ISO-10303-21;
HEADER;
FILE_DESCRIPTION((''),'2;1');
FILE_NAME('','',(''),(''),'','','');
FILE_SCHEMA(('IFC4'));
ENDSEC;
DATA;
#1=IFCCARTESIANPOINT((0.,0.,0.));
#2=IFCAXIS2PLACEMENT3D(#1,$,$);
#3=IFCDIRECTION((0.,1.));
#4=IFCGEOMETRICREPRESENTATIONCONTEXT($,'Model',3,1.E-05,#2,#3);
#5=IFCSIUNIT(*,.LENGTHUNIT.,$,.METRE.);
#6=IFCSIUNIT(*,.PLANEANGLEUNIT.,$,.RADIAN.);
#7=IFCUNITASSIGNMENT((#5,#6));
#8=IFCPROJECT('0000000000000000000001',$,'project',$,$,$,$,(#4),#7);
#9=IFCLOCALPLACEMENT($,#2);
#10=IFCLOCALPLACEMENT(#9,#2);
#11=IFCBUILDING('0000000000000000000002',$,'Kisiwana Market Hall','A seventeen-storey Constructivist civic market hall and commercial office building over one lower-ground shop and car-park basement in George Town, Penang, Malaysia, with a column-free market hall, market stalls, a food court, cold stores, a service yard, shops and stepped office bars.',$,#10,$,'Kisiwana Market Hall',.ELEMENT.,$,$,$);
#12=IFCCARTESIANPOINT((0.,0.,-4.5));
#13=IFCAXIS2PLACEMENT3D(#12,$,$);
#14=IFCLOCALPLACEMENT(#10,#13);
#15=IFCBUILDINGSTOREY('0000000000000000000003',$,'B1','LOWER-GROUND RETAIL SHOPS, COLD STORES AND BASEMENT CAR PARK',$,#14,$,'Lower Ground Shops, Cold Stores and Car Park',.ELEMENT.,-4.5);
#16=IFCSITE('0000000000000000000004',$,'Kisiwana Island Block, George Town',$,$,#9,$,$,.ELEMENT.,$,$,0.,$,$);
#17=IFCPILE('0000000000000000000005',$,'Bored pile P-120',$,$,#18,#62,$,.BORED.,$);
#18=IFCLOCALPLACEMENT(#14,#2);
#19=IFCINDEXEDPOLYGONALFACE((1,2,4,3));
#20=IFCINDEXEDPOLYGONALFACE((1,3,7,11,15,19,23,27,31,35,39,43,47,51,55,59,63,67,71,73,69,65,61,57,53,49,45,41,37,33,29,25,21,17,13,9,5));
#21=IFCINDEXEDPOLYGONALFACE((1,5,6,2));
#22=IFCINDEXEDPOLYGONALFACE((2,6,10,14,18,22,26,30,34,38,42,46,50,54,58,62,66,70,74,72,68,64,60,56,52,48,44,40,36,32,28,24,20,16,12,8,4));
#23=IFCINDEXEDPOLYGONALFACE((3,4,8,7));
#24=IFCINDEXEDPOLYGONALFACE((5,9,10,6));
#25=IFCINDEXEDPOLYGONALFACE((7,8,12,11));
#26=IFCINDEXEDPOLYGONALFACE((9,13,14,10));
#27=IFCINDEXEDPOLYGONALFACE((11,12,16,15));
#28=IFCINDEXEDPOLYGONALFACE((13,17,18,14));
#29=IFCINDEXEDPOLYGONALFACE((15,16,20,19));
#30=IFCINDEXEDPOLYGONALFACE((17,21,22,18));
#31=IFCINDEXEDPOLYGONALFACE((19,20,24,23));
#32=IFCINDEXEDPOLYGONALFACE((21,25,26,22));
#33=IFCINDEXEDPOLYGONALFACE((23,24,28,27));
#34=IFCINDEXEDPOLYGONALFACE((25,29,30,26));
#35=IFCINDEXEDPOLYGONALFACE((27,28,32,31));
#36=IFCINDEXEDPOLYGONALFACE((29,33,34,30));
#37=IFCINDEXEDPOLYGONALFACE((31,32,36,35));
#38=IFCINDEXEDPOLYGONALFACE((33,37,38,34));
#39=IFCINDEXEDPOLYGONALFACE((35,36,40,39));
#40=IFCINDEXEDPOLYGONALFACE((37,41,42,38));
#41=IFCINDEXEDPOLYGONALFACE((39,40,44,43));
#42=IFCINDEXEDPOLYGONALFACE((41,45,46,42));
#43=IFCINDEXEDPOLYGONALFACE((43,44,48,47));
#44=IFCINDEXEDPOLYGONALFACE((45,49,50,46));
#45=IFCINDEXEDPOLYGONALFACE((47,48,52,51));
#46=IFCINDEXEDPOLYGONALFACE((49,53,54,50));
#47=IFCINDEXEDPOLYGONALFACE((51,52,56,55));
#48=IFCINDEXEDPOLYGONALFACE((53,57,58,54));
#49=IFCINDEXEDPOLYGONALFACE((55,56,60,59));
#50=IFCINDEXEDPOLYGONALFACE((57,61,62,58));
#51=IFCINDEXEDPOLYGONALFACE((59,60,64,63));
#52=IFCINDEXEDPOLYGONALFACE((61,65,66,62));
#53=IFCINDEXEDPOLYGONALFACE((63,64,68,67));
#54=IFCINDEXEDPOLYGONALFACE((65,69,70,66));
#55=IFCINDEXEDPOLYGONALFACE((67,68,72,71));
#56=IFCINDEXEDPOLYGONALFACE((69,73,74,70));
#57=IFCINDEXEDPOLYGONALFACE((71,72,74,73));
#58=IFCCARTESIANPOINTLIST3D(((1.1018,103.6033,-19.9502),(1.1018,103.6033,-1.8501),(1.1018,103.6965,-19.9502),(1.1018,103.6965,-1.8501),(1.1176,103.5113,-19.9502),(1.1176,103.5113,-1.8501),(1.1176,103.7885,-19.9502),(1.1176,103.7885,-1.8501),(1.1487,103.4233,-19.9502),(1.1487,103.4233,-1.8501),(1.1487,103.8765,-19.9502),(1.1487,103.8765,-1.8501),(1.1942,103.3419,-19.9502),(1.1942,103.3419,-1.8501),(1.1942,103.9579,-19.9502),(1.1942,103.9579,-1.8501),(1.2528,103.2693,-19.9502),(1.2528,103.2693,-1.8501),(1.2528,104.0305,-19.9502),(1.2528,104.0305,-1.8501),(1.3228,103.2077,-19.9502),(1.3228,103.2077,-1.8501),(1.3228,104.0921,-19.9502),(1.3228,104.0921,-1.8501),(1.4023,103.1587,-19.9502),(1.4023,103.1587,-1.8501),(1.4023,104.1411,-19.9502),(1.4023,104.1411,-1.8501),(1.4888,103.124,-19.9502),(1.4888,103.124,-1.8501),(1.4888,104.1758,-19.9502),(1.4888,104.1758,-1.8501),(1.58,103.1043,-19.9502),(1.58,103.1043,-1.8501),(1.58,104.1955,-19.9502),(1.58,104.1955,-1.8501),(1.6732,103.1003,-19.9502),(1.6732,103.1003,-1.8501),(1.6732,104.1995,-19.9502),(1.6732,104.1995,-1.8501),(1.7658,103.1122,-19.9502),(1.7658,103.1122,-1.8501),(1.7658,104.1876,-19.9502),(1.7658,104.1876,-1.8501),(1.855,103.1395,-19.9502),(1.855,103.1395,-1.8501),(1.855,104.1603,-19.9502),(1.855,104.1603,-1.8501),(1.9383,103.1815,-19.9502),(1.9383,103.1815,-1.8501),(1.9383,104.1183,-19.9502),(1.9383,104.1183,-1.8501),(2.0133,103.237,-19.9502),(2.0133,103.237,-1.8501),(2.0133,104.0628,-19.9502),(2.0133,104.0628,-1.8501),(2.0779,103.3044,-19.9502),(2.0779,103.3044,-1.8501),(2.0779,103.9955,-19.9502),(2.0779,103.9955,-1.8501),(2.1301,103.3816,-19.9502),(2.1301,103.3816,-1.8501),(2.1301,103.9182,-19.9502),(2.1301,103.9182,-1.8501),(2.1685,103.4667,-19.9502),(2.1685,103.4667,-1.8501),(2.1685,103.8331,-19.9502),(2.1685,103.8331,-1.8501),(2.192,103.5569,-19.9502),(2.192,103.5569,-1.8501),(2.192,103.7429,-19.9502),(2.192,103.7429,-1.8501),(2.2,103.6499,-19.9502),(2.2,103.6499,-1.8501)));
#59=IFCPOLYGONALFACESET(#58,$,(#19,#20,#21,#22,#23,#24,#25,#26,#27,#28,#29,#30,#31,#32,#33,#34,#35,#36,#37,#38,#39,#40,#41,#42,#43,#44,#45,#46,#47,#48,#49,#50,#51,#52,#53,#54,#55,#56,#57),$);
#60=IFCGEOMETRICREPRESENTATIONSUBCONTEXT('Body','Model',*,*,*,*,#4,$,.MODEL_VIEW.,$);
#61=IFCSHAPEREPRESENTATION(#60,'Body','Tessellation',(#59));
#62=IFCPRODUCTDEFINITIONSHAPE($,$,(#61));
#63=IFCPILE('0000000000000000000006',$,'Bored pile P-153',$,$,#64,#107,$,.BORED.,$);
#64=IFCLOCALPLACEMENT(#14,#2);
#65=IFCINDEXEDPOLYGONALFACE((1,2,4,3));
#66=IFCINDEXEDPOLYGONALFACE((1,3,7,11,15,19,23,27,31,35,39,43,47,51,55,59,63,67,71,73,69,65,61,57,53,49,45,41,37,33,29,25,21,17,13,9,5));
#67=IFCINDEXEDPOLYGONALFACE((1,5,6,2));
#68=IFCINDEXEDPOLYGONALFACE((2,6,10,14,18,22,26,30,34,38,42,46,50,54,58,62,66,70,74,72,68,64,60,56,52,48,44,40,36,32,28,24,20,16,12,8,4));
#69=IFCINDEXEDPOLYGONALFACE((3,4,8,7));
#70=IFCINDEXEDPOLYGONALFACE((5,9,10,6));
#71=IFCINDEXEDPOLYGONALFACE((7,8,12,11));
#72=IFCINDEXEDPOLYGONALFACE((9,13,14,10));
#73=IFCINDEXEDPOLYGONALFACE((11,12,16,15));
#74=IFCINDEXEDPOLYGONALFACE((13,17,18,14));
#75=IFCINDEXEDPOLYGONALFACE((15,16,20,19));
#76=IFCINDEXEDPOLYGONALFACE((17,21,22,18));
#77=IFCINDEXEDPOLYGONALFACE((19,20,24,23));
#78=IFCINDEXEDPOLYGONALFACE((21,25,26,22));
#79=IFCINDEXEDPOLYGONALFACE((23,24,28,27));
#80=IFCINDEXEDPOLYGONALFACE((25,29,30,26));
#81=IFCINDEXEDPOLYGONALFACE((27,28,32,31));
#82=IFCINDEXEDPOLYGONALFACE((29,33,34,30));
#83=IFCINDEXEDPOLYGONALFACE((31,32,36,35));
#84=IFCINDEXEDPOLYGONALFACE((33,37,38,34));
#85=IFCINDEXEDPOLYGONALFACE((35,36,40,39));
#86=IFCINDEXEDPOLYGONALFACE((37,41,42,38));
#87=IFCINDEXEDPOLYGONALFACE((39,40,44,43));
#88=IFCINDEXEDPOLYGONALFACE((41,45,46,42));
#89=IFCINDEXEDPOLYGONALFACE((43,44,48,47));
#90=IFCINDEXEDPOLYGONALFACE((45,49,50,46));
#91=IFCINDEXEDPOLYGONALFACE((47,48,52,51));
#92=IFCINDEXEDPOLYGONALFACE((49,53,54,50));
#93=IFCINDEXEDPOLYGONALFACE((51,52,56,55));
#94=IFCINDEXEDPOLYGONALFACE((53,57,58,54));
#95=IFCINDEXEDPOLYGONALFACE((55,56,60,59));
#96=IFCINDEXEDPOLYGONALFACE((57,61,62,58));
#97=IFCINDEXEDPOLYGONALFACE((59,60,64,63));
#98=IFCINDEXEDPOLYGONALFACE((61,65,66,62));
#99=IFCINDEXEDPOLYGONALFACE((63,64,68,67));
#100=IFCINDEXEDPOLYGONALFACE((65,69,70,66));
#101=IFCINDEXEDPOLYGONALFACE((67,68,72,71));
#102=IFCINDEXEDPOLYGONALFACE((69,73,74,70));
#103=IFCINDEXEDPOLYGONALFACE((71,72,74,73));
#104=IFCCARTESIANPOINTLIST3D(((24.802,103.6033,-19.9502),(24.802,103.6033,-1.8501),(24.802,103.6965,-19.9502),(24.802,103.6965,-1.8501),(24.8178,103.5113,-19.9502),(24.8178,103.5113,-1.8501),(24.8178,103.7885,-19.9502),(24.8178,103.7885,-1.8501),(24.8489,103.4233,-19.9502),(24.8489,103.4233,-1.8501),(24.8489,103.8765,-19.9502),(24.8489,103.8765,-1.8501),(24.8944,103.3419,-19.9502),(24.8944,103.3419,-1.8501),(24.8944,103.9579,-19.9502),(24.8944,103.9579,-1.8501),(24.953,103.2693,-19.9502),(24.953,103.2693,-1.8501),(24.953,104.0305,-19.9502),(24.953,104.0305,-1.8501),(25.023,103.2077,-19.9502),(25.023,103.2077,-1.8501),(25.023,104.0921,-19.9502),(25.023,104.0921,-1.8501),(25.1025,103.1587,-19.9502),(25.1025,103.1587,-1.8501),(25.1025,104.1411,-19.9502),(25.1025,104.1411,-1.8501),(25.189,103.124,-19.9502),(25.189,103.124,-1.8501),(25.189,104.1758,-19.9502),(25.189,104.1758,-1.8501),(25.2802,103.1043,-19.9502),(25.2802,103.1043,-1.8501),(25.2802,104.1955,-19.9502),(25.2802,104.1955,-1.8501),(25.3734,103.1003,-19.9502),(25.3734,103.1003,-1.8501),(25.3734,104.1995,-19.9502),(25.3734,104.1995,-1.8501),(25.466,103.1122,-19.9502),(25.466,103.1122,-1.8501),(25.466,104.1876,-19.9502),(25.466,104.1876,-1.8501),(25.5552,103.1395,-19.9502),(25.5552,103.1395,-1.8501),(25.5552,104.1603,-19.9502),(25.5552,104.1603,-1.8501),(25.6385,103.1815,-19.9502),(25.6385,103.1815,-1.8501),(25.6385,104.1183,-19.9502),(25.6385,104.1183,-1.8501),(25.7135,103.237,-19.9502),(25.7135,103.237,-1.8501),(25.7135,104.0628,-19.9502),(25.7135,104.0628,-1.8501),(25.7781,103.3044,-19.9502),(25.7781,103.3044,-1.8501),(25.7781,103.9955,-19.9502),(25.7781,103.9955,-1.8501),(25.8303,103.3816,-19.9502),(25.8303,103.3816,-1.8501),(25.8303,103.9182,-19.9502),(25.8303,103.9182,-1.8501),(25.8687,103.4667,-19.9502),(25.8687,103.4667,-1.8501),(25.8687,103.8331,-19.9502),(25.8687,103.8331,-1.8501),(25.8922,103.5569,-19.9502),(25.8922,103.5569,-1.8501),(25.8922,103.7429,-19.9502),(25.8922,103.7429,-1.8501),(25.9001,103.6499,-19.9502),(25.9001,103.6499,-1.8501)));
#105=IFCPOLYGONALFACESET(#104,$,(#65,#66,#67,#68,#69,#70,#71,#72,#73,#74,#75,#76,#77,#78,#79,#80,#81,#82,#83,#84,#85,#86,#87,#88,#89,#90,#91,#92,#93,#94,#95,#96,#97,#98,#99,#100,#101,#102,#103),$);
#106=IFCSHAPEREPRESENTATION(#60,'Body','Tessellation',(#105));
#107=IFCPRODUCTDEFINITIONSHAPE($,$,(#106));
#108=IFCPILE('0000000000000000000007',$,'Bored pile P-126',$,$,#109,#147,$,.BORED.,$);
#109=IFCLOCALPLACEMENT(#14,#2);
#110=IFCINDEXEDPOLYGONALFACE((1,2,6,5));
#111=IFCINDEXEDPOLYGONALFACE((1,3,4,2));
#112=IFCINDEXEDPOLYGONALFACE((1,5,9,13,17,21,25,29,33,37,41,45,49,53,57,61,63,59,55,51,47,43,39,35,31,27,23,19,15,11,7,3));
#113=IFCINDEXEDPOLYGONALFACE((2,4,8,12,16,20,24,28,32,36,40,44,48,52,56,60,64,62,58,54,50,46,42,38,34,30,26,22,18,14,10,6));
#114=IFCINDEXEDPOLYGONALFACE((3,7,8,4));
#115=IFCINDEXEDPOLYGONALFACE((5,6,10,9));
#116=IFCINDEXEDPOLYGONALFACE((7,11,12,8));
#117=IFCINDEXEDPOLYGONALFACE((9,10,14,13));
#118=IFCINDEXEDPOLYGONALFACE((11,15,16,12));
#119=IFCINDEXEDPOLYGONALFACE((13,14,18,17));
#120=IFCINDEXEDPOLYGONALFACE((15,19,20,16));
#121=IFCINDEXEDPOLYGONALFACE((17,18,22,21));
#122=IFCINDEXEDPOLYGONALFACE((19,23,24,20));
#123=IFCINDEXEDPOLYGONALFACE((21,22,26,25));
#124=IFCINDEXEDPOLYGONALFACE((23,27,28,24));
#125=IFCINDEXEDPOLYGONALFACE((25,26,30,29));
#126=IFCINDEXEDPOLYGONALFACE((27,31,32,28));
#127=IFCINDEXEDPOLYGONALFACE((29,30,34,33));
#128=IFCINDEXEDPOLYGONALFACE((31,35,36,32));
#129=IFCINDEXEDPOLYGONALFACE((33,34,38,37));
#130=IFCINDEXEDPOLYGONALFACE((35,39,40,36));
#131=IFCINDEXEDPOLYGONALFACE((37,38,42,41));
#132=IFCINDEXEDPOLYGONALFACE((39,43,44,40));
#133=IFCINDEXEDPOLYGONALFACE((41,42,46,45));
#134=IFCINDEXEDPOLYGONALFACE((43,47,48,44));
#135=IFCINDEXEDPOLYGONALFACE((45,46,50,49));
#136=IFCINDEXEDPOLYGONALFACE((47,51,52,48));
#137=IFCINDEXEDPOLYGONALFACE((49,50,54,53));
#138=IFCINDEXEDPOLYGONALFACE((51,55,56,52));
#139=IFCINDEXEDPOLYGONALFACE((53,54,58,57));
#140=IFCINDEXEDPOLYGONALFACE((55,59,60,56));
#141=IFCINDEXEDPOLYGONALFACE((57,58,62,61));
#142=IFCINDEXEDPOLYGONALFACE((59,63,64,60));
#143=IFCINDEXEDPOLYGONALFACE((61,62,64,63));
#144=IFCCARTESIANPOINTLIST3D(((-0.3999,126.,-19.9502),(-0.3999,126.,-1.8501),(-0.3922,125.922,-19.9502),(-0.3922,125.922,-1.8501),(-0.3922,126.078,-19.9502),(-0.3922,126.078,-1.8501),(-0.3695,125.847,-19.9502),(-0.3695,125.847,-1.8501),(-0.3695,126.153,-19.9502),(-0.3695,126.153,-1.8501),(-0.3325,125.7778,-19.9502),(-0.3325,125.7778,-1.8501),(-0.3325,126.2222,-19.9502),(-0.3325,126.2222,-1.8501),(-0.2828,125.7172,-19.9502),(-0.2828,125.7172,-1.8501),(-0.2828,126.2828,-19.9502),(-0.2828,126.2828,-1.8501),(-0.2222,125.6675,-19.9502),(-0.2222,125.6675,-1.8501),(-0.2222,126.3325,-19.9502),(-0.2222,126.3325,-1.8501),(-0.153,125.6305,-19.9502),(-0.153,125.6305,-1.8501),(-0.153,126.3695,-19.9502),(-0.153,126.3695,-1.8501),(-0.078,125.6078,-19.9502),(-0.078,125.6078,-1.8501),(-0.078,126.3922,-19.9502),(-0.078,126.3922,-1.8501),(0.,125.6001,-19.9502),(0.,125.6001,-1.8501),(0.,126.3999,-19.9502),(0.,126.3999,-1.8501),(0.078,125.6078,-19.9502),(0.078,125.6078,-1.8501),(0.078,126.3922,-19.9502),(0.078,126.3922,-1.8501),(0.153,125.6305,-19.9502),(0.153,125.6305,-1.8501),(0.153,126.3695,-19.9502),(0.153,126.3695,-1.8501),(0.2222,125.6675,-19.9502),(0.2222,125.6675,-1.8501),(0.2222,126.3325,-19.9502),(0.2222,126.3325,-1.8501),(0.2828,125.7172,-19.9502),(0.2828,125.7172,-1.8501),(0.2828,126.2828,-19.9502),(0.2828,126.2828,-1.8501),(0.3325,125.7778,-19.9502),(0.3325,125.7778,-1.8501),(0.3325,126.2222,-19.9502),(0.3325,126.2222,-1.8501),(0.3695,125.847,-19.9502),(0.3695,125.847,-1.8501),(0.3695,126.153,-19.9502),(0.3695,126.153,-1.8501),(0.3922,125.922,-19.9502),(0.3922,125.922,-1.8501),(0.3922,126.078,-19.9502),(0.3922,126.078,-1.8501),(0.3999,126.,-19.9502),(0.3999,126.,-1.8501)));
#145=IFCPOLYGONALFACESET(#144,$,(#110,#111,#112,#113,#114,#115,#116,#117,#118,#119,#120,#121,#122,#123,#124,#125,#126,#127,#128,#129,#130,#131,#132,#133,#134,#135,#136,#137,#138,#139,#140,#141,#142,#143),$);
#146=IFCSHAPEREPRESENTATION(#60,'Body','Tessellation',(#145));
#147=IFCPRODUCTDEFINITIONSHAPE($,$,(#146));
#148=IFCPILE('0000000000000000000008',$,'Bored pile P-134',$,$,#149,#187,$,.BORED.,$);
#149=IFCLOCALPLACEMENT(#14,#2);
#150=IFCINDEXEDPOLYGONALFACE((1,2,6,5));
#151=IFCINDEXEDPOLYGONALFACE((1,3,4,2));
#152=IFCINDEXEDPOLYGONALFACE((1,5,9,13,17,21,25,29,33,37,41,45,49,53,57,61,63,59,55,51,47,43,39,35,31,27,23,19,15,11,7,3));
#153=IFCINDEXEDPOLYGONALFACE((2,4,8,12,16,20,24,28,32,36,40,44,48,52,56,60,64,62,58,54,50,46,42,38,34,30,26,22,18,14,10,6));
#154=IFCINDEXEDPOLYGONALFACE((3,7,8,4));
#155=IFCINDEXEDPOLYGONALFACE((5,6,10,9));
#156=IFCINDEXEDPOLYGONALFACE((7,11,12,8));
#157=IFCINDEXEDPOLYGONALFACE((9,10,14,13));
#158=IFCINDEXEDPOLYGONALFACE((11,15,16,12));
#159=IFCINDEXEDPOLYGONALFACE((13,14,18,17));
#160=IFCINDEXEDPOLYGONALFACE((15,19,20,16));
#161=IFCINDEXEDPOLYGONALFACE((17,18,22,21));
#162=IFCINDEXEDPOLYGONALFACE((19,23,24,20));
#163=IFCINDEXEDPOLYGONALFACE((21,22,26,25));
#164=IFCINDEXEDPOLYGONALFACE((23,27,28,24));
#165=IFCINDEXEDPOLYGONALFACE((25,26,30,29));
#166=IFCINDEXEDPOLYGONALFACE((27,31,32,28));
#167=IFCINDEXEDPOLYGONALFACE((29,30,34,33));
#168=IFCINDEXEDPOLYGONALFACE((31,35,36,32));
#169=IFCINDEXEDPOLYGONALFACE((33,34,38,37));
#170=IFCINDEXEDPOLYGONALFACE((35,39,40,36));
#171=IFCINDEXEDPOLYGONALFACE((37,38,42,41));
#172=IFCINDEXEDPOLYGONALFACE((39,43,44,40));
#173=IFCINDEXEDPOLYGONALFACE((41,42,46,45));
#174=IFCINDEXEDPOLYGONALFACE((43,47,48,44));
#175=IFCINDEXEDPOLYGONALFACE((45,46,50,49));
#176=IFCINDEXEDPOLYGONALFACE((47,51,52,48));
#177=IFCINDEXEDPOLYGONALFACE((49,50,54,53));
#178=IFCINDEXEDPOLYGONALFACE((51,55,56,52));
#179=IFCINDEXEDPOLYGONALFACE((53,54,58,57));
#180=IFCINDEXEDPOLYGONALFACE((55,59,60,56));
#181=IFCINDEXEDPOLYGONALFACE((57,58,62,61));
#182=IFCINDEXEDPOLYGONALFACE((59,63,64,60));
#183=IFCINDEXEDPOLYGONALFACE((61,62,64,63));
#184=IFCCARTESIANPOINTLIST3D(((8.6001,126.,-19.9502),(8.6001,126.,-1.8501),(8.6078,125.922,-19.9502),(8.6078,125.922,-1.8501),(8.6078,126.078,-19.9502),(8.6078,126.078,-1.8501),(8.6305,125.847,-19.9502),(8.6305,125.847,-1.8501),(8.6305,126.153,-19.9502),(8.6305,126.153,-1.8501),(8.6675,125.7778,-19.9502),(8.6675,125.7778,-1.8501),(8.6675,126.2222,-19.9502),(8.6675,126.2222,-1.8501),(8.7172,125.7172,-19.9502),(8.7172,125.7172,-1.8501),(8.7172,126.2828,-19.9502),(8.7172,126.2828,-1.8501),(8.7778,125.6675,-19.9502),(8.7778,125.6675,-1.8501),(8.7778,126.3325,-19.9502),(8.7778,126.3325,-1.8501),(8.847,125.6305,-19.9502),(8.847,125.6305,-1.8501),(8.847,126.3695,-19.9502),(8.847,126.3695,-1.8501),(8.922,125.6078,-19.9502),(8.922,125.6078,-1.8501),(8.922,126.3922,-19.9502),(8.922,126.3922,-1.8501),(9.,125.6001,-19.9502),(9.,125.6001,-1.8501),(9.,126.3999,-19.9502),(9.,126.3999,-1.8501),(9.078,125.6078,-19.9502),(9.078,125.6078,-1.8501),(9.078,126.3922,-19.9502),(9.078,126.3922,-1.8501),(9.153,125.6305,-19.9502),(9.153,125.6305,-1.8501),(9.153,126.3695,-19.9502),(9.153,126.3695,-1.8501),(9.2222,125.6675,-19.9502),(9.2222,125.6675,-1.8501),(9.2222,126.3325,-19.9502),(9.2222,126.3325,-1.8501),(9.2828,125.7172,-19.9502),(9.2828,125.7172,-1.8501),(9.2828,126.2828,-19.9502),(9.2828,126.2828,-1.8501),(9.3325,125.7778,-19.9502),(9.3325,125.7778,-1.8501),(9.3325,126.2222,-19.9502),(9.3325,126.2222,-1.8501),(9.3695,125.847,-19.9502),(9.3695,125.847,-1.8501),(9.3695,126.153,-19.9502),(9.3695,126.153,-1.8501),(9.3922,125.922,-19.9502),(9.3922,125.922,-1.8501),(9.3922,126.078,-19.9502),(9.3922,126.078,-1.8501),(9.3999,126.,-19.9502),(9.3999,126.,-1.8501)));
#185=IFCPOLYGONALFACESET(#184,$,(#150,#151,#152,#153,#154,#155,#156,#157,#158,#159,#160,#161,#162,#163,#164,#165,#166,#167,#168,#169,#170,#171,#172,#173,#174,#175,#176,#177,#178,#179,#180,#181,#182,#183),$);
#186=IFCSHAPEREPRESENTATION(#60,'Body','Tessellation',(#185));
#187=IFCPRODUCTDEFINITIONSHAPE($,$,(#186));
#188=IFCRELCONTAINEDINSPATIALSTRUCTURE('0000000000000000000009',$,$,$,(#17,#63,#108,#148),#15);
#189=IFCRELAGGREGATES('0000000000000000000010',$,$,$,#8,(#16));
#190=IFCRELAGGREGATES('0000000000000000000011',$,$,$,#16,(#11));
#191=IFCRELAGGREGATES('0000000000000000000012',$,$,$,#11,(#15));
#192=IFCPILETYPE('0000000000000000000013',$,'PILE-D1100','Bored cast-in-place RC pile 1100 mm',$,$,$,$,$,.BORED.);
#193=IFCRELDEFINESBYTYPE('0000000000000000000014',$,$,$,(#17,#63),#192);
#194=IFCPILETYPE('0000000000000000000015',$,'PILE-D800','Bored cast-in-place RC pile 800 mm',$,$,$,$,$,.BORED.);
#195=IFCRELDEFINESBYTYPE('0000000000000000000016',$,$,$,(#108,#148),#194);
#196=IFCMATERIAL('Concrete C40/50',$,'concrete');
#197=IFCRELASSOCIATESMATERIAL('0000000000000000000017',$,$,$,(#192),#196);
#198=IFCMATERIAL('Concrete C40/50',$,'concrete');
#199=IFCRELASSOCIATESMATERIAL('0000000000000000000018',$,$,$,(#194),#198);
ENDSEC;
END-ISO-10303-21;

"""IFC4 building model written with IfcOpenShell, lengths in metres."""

from ifc_helpers import new_model, si_unit, direction, frame, origin, origin_2d, place, context, subcontext, project, spatial, circle, extrude, material, material_profile, profile_set, type_object, element, save


model = new_model("IFC4")

# Units and contexts
model_context = context("Model", 3, precision=1e-05, world=origin(), true_north=direction((0.0, 1.0)))
body_context = subcontext(model_context, "Body", "Model", "MODEL_VIEW")
ifc_project = project(units=[si_unit("LENGTHUNIT", "METRE"), si_unit("PLANEANGLEUNIT", "RADIAN")], contexts=[model_context])

# Site, building, storey
site_placement = place(None, origin())
site = spatial("IfcSite", under=ifc_project, at=site_placement, Name="Kisiwana Island Block, George Town", CompositionType="ELEMENT", RefElevation=0.0)
building_placement = place(site_placement, origin())
building = spatial("IfcBuilding", under=site, at=building_placement, Name="Kisiwana Market Hall", Description="A seventeen-storey Constructivist civic market hall and commercial office building over one lower-ground shop and car-park basement in George Town, Penang, Malaysia, with a column-free market hall, market stalls, a food court, cold stores, a service yard, shops and stepped office bars.", LongName="Kisiwana Market Hall", CompositionType="ELEMENT")
storey_placement = place(building_placement, frame((0.0, 0.0, -4.5)))
storey = spatial("IfcBuildingStorey", under=building, at=storey_placement, Name="B1", Description="LOWER-GROUND RETAIL SHOPS, COLD STORES AND BASEMENT CAR PARK", LongName="Lower Ground Shops, Cold Stores and Car Park", CompositionType="ELEMENT", Elevation=-4.5)

# Piles
ifc_material_1 = material(Name="Concrete C40/50", Category="concrete")
ifc_material_profile_1 = material_profile(ifc_material_1, circle(Radius=0.55, at=origin_2d()), Name="BP D1100")
ifc_profile_set_1 = profile_set([ifc_material_profile_1], Name="Concrete C40/50")
pile_type_1 = type_object("IfcPileType", Name="PILE-D1100", Description="Bored cast-in-place RC pile 1100 mm", PredefinedType="BORED", material=ifc_profile_set_1)
for number, where, z_axis, x_axis, name in (
    (1, (1.6499, 103.6499, -1.8501), (0.0, 0.0, -1.0), (1.0, 0.0, 0.0), "Bored pile P-120"),
    (2, (25.3501, 103.6499, -1.8501), (0.0, 0.0, -1.0), (1.0, 0.0, 0.0), "Bored pile P-153"),
):
    element("IfcPile", number, at=place(storey_placement, frame(where, z_axis=z_axis, x_axis=x_axis)), inside=storey, type_object=pile_type_1, Name=name, PredefinedType="BORED", context=body_context, shape_type="SweptSolid", body=[
        extrude(circle(Radius=0.55, at=origin_2d()), origin(), (0.0, 0.0, 1.0), 18.1001),
    ])
ifc_material_2 = material(Name="Concrete C40/50", Category="concrete")
ifc_material_profile_2 = material_profile(ifc_material_2, circle(Radius=0.3999, at=origin_2d()), Name="BP D800")
ifc_profile_set_2 = profile_set([ifc_material_profile_2], Name="Concrete C40/50")
pile_type_2 = type_object("IfcPileType", Name="PILE-D800", Description="Bored cast-in-place RC pile 800 mm", PredefinedType="BORED", material=ifc_profile_set_2)
for number, where, z_axis, x_axis, name in (
    (3, (0.0, 126.0, -1.8501), (0.0, 0.0, -1.0), (1.0, 0.0, 0.0), "Bored pile P-126"),
    (4, (9.0, 126.0, -1.8501), (0.0, 0.0, -1.0), (1.0, 0.0, 0.0), "Bored pile P-134"),
):
    element("IfcPile", number, at=place(storey_placement, frame(where, z_axis=z_axis, x_axis=x_axis)), inside=storey, type_object=pile_type_2, Name=name, PredefinedType="BORED", context=body_context, shape_type="SweptSolid", body=[
        extrude(circle(Radius=0.3999, at=origin_2d()), origin(), (0.0, 0.0, 1.0), 18.1001),
    ])

save(model, "model.ifc")
